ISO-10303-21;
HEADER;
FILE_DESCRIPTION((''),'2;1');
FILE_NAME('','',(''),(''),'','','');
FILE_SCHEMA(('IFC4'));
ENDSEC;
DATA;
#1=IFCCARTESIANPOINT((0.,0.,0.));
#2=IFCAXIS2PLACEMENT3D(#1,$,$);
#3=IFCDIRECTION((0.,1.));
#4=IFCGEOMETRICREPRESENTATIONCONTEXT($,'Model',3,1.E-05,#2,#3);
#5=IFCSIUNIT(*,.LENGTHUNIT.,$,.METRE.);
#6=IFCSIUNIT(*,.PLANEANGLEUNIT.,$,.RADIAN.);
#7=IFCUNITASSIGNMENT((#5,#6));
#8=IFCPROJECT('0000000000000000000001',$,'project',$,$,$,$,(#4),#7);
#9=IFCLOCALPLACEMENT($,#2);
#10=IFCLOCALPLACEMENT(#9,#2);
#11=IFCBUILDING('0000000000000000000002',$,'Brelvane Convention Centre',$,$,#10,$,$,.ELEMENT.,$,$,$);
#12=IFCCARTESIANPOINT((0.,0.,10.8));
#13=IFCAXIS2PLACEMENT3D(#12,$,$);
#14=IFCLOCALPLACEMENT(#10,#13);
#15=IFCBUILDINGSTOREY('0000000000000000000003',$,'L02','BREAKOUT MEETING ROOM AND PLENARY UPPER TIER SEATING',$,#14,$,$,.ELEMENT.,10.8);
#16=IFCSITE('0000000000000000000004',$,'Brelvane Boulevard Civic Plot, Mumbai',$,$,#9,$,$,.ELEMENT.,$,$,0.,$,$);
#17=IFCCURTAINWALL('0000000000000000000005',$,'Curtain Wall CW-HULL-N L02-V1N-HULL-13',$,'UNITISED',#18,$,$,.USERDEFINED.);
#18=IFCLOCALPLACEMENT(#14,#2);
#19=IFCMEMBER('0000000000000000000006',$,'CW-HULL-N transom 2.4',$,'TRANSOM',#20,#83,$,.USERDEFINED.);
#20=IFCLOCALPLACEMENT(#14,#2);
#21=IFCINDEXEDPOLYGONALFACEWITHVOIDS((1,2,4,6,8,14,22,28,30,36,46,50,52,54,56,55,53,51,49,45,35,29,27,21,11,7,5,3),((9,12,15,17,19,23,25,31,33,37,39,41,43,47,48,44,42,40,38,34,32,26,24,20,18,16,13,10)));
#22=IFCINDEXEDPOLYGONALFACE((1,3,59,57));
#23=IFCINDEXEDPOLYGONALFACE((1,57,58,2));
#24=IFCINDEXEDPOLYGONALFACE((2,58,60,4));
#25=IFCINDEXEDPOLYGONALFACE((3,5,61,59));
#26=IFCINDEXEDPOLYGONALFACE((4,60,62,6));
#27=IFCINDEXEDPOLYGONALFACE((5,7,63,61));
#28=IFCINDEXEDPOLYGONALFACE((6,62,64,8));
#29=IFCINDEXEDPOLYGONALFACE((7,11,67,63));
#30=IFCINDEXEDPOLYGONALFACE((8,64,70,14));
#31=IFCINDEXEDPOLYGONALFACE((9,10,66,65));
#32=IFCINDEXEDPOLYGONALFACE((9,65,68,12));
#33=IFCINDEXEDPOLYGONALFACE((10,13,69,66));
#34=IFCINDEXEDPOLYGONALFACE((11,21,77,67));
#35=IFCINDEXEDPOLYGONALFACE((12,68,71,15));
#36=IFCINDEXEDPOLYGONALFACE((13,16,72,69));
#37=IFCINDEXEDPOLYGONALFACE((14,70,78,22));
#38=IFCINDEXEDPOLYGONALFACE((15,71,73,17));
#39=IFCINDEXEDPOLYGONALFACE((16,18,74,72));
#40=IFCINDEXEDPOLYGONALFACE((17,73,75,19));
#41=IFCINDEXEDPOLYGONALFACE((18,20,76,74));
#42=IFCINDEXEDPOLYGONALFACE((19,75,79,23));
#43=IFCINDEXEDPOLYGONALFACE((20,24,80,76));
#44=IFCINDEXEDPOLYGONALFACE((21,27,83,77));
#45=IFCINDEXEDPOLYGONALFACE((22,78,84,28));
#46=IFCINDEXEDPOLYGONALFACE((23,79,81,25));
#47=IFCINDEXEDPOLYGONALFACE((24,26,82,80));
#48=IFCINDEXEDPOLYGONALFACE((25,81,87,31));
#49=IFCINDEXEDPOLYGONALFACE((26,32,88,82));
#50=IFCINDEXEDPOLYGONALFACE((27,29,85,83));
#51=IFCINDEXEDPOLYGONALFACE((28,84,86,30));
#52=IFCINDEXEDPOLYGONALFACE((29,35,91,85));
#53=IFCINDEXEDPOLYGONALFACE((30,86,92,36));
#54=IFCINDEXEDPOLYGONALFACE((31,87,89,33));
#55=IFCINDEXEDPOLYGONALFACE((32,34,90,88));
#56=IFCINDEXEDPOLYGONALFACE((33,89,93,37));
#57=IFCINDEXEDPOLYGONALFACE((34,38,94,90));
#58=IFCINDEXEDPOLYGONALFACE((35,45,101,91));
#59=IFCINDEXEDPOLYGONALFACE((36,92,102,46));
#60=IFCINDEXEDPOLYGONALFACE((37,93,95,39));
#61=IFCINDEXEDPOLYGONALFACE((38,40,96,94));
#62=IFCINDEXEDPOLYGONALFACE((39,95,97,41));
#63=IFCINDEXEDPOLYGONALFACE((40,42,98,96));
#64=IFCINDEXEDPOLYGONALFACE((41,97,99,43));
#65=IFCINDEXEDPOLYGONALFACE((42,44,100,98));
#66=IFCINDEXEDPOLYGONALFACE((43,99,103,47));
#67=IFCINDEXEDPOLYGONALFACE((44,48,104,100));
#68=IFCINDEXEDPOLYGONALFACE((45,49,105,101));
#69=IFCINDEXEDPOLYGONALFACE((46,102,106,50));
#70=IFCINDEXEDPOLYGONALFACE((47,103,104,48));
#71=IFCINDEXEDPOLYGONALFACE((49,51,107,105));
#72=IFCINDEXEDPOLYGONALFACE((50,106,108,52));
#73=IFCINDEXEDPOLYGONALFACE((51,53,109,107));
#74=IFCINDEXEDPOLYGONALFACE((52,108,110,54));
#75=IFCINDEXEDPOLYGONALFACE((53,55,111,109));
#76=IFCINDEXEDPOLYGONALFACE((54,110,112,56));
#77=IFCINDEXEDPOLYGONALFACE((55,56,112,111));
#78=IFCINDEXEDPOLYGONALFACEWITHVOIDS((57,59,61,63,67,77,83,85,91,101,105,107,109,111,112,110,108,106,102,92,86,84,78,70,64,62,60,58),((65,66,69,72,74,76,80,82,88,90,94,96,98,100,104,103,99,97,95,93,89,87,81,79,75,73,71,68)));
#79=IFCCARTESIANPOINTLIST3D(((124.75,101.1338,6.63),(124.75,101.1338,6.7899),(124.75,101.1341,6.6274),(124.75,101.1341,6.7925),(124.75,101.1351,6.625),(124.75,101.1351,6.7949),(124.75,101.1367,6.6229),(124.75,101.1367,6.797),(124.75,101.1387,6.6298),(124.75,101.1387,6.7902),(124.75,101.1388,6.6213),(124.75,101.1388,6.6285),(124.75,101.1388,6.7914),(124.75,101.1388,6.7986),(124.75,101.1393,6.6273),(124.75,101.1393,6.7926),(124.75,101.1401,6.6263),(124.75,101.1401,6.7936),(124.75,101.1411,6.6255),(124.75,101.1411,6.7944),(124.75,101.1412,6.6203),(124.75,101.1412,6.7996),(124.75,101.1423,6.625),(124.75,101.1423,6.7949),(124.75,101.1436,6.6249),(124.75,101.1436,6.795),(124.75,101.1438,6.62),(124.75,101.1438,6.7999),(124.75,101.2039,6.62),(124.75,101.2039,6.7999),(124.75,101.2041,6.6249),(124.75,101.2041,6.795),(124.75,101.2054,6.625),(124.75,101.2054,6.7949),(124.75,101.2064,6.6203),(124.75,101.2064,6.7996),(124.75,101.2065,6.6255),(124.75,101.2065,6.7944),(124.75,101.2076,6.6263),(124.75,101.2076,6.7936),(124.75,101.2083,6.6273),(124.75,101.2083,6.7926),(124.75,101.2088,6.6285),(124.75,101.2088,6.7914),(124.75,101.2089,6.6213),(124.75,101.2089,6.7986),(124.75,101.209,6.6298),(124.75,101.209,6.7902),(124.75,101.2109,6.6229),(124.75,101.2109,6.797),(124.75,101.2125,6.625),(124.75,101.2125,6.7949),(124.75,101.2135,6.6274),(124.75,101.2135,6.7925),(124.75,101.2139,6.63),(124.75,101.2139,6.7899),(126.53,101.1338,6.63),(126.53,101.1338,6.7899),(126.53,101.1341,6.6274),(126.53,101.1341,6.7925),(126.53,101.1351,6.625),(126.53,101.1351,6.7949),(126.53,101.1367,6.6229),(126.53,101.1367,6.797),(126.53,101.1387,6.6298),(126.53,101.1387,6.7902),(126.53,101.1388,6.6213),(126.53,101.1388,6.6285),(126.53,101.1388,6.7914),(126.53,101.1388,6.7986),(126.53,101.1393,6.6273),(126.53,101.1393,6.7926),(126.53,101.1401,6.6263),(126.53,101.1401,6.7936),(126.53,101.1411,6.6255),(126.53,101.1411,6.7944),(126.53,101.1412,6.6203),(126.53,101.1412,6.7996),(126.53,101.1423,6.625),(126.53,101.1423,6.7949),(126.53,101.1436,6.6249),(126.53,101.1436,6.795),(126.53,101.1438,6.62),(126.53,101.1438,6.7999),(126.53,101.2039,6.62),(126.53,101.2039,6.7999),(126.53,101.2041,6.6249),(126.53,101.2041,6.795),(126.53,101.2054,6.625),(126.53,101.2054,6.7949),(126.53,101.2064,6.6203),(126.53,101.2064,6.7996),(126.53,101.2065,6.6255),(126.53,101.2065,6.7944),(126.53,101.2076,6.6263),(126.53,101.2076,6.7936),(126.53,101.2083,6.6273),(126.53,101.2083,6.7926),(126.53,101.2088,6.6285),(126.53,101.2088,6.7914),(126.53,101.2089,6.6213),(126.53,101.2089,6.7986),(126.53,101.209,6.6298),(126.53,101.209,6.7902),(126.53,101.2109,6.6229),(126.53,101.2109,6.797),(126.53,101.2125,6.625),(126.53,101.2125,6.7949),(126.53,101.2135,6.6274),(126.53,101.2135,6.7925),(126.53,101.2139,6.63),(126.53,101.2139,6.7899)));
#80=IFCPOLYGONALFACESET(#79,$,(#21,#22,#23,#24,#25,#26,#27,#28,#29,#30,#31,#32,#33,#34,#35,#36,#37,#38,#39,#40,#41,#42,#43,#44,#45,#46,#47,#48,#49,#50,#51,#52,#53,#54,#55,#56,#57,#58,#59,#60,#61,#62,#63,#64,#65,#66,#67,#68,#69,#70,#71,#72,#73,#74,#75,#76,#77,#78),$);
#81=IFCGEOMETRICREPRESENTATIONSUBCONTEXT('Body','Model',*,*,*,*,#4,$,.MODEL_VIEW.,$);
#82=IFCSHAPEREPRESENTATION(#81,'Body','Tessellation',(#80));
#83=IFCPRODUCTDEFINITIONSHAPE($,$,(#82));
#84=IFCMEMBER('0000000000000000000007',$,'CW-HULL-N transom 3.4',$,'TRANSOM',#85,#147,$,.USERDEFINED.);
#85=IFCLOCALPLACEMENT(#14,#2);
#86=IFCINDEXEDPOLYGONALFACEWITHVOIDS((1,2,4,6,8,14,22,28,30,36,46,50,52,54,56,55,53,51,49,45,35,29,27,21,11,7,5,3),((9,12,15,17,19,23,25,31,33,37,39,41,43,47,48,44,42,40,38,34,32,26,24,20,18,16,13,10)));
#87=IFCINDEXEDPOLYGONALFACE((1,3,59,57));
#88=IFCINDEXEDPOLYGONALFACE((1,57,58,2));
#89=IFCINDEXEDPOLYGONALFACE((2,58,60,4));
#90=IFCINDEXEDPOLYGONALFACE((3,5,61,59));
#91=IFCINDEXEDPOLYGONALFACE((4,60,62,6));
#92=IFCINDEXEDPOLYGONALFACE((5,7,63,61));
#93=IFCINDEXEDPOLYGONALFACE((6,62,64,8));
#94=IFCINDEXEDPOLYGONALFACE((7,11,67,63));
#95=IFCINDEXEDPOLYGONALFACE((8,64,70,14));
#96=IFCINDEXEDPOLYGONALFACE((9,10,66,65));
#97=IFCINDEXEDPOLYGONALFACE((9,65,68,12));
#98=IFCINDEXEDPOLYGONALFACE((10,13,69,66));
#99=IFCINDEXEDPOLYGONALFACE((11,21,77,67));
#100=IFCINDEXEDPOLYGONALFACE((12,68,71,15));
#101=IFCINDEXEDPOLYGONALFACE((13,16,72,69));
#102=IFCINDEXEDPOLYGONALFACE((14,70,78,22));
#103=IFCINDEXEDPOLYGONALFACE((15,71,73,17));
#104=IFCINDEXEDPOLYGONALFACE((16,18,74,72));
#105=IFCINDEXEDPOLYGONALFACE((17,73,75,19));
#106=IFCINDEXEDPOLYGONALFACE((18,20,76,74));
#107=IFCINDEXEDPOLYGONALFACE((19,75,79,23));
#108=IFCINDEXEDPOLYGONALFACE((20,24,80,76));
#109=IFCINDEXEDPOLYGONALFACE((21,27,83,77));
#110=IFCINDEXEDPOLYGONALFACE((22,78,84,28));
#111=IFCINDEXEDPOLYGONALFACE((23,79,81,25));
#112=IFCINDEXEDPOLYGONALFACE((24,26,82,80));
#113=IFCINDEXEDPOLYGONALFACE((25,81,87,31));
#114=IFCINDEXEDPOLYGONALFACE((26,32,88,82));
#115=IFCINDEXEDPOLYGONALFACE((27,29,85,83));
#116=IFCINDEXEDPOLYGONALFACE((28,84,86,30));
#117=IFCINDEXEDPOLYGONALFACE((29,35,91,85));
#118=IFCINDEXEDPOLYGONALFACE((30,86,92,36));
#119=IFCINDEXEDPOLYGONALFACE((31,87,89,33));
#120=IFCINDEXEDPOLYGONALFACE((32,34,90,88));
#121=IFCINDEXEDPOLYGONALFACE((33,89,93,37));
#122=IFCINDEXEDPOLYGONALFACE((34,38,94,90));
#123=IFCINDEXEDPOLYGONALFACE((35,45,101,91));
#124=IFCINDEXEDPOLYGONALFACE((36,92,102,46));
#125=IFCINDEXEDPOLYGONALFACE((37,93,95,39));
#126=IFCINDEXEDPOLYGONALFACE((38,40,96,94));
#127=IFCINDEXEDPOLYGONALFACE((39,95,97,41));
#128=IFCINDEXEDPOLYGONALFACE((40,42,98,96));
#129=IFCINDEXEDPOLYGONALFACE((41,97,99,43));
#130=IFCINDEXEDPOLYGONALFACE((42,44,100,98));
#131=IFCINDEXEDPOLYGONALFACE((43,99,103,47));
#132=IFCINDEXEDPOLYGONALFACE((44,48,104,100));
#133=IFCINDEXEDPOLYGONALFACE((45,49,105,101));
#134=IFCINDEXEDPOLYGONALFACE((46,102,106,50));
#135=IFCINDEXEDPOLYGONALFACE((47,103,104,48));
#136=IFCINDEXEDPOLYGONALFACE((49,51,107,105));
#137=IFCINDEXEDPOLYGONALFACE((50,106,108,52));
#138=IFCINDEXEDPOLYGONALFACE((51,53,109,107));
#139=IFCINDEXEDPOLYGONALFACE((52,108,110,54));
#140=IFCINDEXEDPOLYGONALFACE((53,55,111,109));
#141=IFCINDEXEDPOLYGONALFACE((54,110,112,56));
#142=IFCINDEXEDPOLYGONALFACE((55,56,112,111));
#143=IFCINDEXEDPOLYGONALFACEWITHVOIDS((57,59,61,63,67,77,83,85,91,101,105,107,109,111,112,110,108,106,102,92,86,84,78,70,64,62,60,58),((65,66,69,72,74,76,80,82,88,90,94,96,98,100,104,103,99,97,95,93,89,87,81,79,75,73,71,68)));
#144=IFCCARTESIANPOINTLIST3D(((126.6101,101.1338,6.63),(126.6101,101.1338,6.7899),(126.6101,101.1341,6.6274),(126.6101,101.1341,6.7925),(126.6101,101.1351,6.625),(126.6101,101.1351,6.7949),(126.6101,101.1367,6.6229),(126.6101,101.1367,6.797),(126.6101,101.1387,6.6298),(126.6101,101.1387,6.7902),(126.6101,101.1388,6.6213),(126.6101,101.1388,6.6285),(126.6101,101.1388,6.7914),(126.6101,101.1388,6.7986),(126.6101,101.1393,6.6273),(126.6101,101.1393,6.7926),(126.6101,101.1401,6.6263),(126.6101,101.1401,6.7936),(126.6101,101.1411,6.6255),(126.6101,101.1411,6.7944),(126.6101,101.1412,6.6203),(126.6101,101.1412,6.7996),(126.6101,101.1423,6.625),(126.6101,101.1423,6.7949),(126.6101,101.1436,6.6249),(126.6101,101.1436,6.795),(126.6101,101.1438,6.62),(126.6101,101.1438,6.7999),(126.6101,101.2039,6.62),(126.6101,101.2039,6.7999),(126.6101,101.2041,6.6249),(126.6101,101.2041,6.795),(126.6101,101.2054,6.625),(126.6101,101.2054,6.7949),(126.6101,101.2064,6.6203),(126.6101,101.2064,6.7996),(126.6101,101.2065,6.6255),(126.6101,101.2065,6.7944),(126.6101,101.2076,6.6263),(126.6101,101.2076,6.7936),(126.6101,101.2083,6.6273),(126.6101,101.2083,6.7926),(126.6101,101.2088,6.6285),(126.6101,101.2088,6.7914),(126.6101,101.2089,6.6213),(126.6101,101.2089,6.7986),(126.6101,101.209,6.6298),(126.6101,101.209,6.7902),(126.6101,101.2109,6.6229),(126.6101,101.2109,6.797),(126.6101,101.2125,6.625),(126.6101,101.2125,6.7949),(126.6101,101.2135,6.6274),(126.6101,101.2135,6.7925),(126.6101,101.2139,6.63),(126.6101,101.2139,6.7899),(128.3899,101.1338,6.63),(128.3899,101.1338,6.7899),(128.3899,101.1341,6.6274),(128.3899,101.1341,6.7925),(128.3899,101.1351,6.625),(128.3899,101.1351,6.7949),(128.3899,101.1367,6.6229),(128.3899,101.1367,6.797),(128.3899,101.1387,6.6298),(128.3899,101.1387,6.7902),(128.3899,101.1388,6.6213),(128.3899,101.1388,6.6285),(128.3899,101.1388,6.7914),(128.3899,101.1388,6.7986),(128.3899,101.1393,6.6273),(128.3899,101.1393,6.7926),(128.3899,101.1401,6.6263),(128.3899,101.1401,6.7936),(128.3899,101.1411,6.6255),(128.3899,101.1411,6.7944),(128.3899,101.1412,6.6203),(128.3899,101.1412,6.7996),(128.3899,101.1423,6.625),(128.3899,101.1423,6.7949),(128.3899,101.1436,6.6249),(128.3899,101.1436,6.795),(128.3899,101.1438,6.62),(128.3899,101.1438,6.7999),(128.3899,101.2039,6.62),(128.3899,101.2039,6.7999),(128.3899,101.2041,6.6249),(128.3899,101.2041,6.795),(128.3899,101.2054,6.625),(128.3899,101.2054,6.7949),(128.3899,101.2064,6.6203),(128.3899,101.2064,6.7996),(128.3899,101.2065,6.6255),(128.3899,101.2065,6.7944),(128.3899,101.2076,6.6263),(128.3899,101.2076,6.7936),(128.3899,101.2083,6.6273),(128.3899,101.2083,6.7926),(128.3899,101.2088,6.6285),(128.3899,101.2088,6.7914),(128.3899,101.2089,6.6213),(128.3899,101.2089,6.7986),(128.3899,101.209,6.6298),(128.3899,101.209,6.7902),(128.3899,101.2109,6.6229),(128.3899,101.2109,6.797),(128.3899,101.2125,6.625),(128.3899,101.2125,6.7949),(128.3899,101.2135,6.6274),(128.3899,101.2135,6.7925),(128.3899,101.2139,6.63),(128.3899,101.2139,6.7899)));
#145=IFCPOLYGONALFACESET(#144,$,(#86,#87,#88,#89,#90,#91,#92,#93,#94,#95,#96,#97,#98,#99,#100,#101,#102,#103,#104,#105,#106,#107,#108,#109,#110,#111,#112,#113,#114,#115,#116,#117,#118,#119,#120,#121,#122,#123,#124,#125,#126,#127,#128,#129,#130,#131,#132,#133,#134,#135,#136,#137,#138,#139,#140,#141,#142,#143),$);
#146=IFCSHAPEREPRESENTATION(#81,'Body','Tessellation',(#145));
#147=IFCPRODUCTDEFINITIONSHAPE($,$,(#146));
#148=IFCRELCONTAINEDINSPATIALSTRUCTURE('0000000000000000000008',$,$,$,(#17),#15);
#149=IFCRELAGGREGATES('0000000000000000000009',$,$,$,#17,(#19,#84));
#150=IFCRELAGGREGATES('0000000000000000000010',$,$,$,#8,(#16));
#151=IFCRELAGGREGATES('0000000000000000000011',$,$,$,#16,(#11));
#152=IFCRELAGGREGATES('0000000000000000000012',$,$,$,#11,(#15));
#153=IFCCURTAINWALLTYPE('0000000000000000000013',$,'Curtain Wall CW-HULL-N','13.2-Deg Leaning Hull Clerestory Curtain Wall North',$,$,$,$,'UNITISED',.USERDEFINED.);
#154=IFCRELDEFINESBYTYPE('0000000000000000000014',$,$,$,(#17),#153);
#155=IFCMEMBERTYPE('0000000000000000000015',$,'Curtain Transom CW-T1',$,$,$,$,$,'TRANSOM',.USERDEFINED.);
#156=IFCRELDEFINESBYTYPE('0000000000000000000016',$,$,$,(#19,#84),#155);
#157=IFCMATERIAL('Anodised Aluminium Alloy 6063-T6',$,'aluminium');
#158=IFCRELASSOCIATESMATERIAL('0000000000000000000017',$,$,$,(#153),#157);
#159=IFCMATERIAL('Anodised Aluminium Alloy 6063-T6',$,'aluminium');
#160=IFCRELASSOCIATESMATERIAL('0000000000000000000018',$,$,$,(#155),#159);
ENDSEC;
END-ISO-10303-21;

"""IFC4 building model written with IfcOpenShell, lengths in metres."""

from ifc_helpers import new_model, si_unit, direction, frame, origin, origin_2d, place, context, subcontext, project, spatial, hollow_rectangle, extrude, material, material_profile, profile_set, type_object, element, aggregate, save


model = new_model("IFC4")

# Units and contexts
model_context = context("Model", 3, precision=1e-05, world=origin(), true_north=direction((0.0, 1.0)))
body_context = subcontext(model_context, "Body", "Model", "MODEL_VIEW")
ifc_project = project(units=[si_unit("LENGTHUNIT", "METRE"), si_unit("PLANEANGLEUNIT", "RADIAN")], contexts=[model_context])

# Site, building, storey
site_placement = place(None, origin())
site = spatial("IfcSite", under=ifc_project, at=site_placement, Name="Brelvane Boulevard Civic Plot, Mumbai", CompositionType="ELEMENT", RefElevation=0.0)
building_placement = place(site_placement, origin())
building = spatial("IfcBuilding", under=site, at=building_placement, Name="Brelvane Convention Centre", CompositionType="ELEMENT")
storey_placement = place(building_placement, frame((0.0, 0.0, 10.8)))
storey = spatial("IfcBuildingStorey", under=building, at=storey_placement, Name="L02", Description="BREAKOUT MEETING ROOM AND PLENARY UPPER TIER SEATING", CompositionType="ELEMENT", Elevation=10.8)

# Curtain wall, members
ifc_material_1 = material(Name="Anodised Aluminium Alloy 6063-T6", Category="aluminium")
curtain_wall_type = type_object("IfcCurtainWallType", Name="Curtain Wall CW-HULL-N", Description="13.2-Deg Leaning Hull Clerestory Curtain Wall North", ElementType="UNITISED", PredefinedType="USERDEFINED", material=ifc_material_1)
ifc_material_2 = material(Name="Anodised Aluminium Alloy 6063-T6", Category="aluminium")
ifc_material_profile_1 = material_profile(ifc_material_2, hollow_rectangle(XDim=0.0801, YDim=0.1799, WallThickness=0.0049, InnerFilletRadius=0.0049, OuterFilletRadius=0.01, at=origin_2d()), Name="ALU-T 180x80x5.0")
ifc_profile_set_1 = profile_set([ifc_material_profile_1], Name="Anodised Aluminium Alloy 6063-T6")
member_type = type_object("IfcMemberType", Name="Curtain Transom CW-T1", ElementType="TRANSOM", PredefinedType="USERDEFINED", material=ifc_profile_set_1)
curtain_wall_1_placement = place(storey_placement, origin())
curtain_wall_1 = element("IfcCurtainWall", 1, at=curtain_wall_1_placement, inside=storey, type_object=curtain_wall_type, Name="Curtain Wall CW-HULL-N L02-V1N-HULL-13", ObjectType="UNITISED", PredefinedType="USERDEFINED")
member_1_placement = place(storey_placement, frame((124.75, 101.1738, 6.71), z_axis=(1.0, 0.0, 0.0), x_axis=(0.0, 1.0, 0.0)))
member_1 = element("IfcMember", 2, at=member_1_placement, type_object=member_type, Name="CW-HULL-N transom 2.4", ObjectType="TRANSOM", PredefinedType="USERDEFINED", context=body_context, shape_type="SweptSolid", body=[
    extrude(hollow_rectangle(XDim=0.0801, YDim=0.1799, WallThickness=0.0049, InnerFilletRadius=0.0049, OuterFilletRadius=0.01, at=origin_2d()), origin(), (0.0, 0.0, 1.0), 1.78),
])
member_2_placement = place(storey_placement, frame((126.6101, 101.1738, 6.71), z_axis=(1.0, 0.0, 0.0), x_axis=(0.0, 1.0, 0.0)))
member_2 = element("IfcMember", 3, at=member_2_placement, type_object=member_type, Name="CW-HULL-N transom 3.4", ObjectType="TRANSOM", PredefinedType="USERDEFINED", context=body_context, shape_type="SweptSolid", body=[
    extrude(hollow_rectangle(XDim=0.0801, YDim=0.1799, WallThickness=0.0049, InnerFilletRadius=0.0049, OuterFilletRadius=0.01, at=origin_2d()), origin(), (0.0, 0.0, 1.0), 1.7798),
])

aggregate(curtain_wall_1, [member_1, member_2])

save(model, "model.ifc")
